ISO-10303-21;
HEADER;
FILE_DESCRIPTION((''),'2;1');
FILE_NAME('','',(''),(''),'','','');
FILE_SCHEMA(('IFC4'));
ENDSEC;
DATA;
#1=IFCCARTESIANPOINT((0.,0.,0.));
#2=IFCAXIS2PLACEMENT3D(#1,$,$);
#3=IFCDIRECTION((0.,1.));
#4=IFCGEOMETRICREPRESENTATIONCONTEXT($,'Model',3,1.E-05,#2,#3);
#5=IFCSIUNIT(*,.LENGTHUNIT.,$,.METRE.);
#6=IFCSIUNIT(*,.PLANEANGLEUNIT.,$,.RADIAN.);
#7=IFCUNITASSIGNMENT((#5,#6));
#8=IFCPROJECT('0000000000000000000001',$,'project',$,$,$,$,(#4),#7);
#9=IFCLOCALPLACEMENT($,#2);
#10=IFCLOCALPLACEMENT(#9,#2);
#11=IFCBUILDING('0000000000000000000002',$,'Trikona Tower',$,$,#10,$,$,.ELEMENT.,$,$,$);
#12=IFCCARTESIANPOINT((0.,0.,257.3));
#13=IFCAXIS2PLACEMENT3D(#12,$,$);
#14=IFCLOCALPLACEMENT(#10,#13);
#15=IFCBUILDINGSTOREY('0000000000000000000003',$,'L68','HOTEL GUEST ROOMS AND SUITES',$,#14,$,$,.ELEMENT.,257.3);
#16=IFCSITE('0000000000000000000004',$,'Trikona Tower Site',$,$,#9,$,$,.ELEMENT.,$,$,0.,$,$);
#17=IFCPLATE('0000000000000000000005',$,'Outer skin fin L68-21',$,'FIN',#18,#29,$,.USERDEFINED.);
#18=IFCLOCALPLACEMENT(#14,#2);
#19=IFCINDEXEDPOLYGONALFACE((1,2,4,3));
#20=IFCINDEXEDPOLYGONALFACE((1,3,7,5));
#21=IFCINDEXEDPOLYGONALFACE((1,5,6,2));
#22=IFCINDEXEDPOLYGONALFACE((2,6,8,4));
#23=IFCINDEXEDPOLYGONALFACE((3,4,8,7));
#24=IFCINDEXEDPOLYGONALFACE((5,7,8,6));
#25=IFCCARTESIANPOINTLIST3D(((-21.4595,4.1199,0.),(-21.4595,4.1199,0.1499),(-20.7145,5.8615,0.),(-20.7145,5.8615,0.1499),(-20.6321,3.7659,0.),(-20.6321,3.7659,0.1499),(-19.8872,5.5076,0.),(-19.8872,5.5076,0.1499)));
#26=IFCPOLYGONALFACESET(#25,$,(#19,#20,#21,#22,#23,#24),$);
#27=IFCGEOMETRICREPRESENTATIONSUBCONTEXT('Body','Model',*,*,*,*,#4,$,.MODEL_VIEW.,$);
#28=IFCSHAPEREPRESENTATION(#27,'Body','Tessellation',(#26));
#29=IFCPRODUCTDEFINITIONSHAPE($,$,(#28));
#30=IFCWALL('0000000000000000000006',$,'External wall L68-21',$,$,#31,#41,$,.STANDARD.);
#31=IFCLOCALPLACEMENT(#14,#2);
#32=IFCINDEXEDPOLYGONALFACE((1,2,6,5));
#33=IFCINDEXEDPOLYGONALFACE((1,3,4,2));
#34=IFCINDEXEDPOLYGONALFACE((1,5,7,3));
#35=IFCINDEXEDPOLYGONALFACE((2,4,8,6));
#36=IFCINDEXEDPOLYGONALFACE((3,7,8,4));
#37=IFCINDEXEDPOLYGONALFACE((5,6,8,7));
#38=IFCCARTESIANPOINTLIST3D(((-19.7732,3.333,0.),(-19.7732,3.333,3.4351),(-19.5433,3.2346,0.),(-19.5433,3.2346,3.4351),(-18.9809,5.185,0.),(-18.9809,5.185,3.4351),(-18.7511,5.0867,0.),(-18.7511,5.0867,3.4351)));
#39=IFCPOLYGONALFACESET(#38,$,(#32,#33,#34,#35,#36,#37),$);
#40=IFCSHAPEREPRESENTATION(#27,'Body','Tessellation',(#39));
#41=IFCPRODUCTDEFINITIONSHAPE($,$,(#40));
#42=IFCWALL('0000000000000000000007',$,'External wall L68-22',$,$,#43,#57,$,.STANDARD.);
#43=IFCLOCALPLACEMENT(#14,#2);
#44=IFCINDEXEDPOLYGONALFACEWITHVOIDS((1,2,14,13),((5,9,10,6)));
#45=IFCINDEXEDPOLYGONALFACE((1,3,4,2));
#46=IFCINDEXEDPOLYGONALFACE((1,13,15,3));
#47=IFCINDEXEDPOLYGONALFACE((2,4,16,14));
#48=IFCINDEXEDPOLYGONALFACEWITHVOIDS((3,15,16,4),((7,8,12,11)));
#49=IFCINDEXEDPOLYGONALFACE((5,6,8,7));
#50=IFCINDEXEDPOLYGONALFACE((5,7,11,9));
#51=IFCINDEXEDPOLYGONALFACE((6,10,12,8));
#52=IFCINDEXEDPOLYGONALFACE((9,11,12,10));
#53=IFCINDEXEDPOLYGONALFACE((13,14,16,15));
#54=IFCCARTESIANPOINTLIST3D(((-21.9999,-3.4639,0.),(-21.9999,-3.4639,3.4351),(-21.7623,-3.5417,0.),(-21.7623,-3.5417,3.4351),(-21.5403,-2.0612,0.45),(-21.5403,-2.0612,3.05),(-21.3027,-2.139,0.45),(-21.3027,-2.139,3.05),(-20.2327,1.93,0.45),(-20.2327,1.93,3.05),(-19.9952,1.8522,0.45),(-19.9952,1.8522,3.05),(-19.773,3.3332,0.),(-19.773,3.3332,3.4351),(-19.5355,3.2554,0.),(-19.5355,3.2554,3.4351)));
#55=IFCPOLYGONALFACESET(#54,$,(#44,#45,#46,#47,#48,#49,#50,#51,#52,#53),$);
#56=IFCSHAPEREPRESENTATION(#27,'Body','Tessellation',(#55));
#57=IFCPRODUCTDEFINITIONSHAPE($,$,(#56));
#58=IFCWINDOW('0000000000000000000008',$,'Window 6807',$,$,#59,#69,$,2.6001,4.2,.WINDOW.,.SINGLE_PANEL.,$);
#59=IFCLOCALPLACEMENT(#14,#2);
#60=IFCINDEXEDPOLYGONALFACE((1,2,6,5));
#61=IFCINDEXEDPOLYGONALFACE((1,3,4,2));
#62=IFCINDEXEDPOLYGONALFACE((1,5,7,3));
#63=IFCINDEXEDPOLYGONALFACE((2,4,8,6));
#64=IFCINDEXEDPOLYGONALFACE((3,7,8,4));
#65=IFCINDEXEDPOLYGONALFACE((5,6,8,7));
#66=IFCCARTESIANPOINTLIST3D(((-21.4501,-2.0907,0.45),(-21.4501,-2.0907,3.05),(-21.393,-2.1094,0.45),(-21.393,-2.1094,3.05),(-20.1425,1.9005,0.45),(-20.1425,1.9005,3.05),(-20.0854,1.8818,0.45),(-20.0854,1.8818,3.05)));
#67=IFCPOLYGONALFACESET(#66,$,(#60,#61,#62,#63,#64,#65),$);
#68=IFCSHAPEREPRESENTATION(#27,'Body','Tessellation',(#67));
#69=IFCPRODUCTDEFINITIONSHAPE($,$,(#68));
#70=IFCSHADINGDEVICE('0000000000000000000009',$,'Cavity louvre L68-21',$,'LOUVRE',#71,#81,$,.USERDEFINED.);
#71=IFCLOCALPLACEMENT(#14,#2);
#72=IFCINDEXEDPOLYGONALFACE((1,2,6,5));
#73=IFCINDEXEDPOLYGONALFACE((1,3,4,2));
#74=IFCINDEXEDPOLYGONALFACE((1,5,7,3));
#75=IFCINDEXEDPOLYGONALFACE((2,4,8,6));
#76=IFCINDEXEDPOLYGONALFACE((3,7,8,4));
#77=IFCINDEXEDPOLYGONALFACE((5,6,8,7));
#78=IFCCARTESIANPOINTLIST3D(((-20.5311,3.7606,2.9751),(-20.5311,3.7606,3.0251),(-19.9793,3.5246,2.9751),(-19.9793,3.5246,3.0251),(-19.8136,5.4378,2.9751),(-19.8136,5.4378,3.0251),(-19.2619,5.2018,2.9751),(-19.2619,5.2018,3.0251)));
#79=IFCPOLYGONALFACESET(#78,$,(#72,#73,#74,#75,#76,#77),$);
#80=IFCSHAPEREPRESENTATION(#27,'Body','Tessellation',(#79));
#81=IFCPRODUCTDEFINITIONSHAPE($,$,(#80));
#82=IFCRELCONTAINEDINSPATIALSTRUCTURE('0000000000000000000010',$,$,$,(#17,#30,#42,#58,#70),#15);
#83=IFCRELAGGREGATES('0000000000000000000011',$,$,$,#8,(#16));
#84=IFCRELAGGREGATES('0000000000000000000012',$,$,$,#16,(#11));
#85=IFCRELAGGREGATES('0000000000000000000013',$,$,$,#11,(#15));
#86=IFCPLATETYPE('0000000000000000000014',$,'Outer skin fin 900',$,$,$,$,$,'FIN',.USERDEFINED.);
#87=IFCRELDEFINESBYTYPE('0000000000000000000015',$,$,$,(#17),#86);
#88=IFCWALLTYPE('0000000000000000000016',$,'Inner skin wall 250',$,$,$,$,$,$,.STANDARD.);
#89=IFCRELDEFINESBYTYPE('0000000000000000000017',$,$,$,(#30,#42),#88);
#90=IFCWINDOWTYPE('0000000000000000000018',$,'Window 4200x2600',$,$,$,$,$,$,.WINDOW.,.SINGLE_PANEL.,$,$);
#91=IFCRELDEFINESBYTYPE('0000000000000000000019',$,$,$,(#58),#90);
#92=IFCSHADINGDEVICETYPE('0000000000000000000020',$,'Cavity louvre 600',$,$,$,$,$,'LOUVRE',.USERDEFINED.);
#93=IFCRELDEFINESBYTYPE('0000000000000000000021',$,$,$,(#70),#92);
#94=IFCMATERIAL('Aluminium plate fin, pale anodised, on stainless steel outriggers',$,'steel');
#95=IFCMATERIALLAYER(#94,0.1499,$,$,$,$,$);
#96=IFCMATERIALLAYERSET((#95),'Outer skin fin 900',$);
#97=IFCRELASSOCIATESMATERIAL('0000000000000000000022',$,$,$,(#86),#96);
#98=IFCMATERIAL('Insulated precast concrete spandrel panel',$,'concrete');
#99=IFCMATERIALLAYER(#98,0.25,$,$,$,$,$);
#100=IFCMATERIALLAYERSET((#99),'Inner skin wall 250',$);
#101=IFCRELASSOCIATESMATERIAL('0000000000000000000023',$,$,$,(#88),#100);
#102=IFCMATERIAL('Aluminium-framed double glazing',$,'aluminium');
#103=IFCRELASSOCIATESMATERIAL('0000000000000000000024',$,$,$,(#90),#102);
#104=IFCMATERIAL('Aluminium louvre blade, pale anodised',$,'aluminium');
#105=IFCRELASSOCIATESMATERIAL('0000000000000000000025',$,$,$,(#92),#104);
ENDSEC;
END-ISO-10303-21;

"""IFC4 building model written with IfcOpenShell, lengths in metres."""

from ifc_helpers import new_model, si_unit, direction, frame, frame_2d, origin, origin_2d, place, context, subcontext, project, spatial, rectangle, extrude, material, layer, layer_set, type_object, element, fill, save


model = new_model("IFC4")

# Units and contexts
model_context = context("Model", 3, precision=1e-05, world=origin(), true_north=direction((0.0, 1.0)))
body_context = subcontext(model_context, "Body", "Model", "MODEL_VIEW")
ifc_project = project(units=[si_unit("LENGTHUNIT", "METRE"), si_unit("PLANEANGLEUNIT", "RADIAN")], contexts=[model_context])

# Site, building, storey
site_placement = place(None, origin())
site = spatial("IfcSite", under=ifc_project, at=site_placement, Name="Trikona Tower Site", CompositionType="ELEMENT", RefElevation=0.0)
building_placement = place(site_placement, origin())
building = spatial("IfcBuilding", under=site, at=building_placement, Name="Trikona Tower", CompositionType="ELEMENT")
storey_placement = place(building_placement, frame((0.0, 0.0, 257.3)))
storey = spatial("IfcBuildingStorey", under=building, at=storey_placement, Name="L68", Description="HOTEL GUEST ROOMS AND SUITES", CompositionType="ELEMENT", Elevation=257.3)

# Plate
ifc_material_1 = material(Name="Aluminium plate fin, pale anodised, on stainless steel outriggers", Category="steel")
ifc_layer_1 = layer(ifc_material_1, 0.1499)
ifc_layer_set_1 = layer_set([ifc_layer_1], Name="Outer skin fin 900")
plate_type_1 = type_object("IfcPlateType", Name="Outer skin fin 900", ElementType="FIN", PredefinedType="USERDEFINED", material=ifc_layer_set_1)
plate_1_placement = place(storey_placement, frame((-20.6733, 4.8137, 0.0), z_axis=(0.0, 0.0, 1.0), x_axis=(-0.393284, -0.919417, 0.0)))
element("IfcPlate", 1, at=plate_1_placement, inside=storey, type_object=plate_type_1, Name="Outer skin fin L68-21", ObjectType="FIN", PredefinedType="USERDEFINED", context=body_context, shape_type="SweptSolid", body=[
    extrude(rectangle(XDim=1.8943, YDim=0.8999, at=origin_2d()), origin(), (0.0, 0.0, 1.0), 0.1499),
])

# Wall
ifc_material_2 = material(Name="Insulated precast concrete spandrel panel", Category="concrete")
ifc_layer_2 = layer(ifc_material_2, 0.25)
ifc_layer_set_2 = layer_set([ifc_layer_2], Name="Inner skin wall 250")
wall_type = type_object("IfcWallType", Name="Inner skin wall 250", PredefinedType="STANDARD", material=ifc_layer_set_2)
wall_1_placement = place(storey_placement, frame((-18.866, 5.136, 0.0), z_axis=(0.0, 0.0, 1.0), x_axis=(-0.39329, -0.919414, 0.0)))
element("IfcWall", 2, at=wall_1_placement, inside=storey, type_object=wall_type, Name="External wall L68-21", PredefinedType="STANDARD", context=body_context, shape_type="SweptSolid", body=[
    extrude(rectangle(XDim=2.0144, YDim=0.25, at=frame_2d((1.0073, 0.0))), origin(), (0.0, 0.0, 1.0), 3.4351),
])

# Wall, opening, window
wall_2_placement = place(storey_placement, frame((-19.6543, 3.2942, 0.0), z_axis=(0.0, 0.0, 1.0), x_axis=(-0.311329, -0.950302, 0.0)))
wall_2 = element("IfcWall", 3, at=wall_2_placement, inside=storey, type_object=wall_type, Name="External wall L68-22", PredefinedType="STANDARD", context=body_context, shape_type="SweptSolid", body=[
    extrude(rectangle(XDim=7.1526, YDim=0.25, at=frame_2d((3.5762, 0.0))), origin(), (0.0, 0.0, 1.0), 3.4351),
])
opening_placement = place(wall_2_placement, frame((1.4763, 0.0, 0.45)))
opening = element("IfcOpeningElement", 4, at=opening_placement, cuts=wall_2, PredefinedType="OPENING", context=body_context, shape_type="SweptSolid", body=[
    extrude(rectangle(XDim=4.2, YDim=2.6001, at=frame_2d((2.1001, 1.3))), frame((0.0, 0.135, 0.0), z_axis=(0.0, -1.0, 0.0), x_axis=(1.0, 0.0, 0.0)), (0.0, 0.0, 1.0), 0.27),
])
ifc_material_3 = material(Name="Aluminium-framed double glazing", Category="aluminium")
window_type = type_object("IfcWindowType", Name="Window 4200x2600", PartitioningType="SINGLE_PANEL", PredefinedType="WINDOW", material=ifc_material_3)
window_placement = place(opening_placement, origin())
window = element("IfcWindow", 5, at=window_placement, inside=storey, type_object=window_type, Name="Window 6807", OverallHeight=2.6001, OverallWidth=4.2, PartitioningType="SINGLE_PANEL", PredefinedType="WINDOW", context=body_context, shape_type="SweptSolid", body=[
    extrude(rectangle(XDim=4.2, YDim=2.6001, at=frame_2d((2.1001, 1.3))), frame((0.0, 0.03, 0.0), z_axis=(0.0, -1.0, 0.0), x_axis=(1.0, 0.0, 0.0)), (0.0, 0.0, 1.0), 0.0601),
])
fill(opening, window)

# Shading device
ifc_material_4 = material(Name="Aluminium louvre blade, pale anodised", Category="aluminium")
shading_device_type = type_object("IfcShadingDeviceType", Name="Cavity louvre 600", ElementType="LOUVRE", PredefinedType="USERDEFINED", material=ifc_material_4)
shading_device_placement = place(storey_placement, frame((-19.8965, 4.4812, 2.9751), z_axis=(0.0, 0.0, 1.0), x_axis=(-0.393284, -0.919417, 0.0)))
element("IfcShadingDevice", 6, at=shading_device_placement, inside=storey, type_object=shading_device_type, Name="Cavity louvre L68-21", ObjectType="LOUVRE", PredefinedType="USERDEFINED", context=body_context, shape_type="SweptSolid", body=[
    extrude(rectangle(XDim=1.8242, YDim=0.6001, at=origin_2d()), origin(), (0.0, 0.0, 1.0), 0.05),
])

save(model, "model.ifc")
